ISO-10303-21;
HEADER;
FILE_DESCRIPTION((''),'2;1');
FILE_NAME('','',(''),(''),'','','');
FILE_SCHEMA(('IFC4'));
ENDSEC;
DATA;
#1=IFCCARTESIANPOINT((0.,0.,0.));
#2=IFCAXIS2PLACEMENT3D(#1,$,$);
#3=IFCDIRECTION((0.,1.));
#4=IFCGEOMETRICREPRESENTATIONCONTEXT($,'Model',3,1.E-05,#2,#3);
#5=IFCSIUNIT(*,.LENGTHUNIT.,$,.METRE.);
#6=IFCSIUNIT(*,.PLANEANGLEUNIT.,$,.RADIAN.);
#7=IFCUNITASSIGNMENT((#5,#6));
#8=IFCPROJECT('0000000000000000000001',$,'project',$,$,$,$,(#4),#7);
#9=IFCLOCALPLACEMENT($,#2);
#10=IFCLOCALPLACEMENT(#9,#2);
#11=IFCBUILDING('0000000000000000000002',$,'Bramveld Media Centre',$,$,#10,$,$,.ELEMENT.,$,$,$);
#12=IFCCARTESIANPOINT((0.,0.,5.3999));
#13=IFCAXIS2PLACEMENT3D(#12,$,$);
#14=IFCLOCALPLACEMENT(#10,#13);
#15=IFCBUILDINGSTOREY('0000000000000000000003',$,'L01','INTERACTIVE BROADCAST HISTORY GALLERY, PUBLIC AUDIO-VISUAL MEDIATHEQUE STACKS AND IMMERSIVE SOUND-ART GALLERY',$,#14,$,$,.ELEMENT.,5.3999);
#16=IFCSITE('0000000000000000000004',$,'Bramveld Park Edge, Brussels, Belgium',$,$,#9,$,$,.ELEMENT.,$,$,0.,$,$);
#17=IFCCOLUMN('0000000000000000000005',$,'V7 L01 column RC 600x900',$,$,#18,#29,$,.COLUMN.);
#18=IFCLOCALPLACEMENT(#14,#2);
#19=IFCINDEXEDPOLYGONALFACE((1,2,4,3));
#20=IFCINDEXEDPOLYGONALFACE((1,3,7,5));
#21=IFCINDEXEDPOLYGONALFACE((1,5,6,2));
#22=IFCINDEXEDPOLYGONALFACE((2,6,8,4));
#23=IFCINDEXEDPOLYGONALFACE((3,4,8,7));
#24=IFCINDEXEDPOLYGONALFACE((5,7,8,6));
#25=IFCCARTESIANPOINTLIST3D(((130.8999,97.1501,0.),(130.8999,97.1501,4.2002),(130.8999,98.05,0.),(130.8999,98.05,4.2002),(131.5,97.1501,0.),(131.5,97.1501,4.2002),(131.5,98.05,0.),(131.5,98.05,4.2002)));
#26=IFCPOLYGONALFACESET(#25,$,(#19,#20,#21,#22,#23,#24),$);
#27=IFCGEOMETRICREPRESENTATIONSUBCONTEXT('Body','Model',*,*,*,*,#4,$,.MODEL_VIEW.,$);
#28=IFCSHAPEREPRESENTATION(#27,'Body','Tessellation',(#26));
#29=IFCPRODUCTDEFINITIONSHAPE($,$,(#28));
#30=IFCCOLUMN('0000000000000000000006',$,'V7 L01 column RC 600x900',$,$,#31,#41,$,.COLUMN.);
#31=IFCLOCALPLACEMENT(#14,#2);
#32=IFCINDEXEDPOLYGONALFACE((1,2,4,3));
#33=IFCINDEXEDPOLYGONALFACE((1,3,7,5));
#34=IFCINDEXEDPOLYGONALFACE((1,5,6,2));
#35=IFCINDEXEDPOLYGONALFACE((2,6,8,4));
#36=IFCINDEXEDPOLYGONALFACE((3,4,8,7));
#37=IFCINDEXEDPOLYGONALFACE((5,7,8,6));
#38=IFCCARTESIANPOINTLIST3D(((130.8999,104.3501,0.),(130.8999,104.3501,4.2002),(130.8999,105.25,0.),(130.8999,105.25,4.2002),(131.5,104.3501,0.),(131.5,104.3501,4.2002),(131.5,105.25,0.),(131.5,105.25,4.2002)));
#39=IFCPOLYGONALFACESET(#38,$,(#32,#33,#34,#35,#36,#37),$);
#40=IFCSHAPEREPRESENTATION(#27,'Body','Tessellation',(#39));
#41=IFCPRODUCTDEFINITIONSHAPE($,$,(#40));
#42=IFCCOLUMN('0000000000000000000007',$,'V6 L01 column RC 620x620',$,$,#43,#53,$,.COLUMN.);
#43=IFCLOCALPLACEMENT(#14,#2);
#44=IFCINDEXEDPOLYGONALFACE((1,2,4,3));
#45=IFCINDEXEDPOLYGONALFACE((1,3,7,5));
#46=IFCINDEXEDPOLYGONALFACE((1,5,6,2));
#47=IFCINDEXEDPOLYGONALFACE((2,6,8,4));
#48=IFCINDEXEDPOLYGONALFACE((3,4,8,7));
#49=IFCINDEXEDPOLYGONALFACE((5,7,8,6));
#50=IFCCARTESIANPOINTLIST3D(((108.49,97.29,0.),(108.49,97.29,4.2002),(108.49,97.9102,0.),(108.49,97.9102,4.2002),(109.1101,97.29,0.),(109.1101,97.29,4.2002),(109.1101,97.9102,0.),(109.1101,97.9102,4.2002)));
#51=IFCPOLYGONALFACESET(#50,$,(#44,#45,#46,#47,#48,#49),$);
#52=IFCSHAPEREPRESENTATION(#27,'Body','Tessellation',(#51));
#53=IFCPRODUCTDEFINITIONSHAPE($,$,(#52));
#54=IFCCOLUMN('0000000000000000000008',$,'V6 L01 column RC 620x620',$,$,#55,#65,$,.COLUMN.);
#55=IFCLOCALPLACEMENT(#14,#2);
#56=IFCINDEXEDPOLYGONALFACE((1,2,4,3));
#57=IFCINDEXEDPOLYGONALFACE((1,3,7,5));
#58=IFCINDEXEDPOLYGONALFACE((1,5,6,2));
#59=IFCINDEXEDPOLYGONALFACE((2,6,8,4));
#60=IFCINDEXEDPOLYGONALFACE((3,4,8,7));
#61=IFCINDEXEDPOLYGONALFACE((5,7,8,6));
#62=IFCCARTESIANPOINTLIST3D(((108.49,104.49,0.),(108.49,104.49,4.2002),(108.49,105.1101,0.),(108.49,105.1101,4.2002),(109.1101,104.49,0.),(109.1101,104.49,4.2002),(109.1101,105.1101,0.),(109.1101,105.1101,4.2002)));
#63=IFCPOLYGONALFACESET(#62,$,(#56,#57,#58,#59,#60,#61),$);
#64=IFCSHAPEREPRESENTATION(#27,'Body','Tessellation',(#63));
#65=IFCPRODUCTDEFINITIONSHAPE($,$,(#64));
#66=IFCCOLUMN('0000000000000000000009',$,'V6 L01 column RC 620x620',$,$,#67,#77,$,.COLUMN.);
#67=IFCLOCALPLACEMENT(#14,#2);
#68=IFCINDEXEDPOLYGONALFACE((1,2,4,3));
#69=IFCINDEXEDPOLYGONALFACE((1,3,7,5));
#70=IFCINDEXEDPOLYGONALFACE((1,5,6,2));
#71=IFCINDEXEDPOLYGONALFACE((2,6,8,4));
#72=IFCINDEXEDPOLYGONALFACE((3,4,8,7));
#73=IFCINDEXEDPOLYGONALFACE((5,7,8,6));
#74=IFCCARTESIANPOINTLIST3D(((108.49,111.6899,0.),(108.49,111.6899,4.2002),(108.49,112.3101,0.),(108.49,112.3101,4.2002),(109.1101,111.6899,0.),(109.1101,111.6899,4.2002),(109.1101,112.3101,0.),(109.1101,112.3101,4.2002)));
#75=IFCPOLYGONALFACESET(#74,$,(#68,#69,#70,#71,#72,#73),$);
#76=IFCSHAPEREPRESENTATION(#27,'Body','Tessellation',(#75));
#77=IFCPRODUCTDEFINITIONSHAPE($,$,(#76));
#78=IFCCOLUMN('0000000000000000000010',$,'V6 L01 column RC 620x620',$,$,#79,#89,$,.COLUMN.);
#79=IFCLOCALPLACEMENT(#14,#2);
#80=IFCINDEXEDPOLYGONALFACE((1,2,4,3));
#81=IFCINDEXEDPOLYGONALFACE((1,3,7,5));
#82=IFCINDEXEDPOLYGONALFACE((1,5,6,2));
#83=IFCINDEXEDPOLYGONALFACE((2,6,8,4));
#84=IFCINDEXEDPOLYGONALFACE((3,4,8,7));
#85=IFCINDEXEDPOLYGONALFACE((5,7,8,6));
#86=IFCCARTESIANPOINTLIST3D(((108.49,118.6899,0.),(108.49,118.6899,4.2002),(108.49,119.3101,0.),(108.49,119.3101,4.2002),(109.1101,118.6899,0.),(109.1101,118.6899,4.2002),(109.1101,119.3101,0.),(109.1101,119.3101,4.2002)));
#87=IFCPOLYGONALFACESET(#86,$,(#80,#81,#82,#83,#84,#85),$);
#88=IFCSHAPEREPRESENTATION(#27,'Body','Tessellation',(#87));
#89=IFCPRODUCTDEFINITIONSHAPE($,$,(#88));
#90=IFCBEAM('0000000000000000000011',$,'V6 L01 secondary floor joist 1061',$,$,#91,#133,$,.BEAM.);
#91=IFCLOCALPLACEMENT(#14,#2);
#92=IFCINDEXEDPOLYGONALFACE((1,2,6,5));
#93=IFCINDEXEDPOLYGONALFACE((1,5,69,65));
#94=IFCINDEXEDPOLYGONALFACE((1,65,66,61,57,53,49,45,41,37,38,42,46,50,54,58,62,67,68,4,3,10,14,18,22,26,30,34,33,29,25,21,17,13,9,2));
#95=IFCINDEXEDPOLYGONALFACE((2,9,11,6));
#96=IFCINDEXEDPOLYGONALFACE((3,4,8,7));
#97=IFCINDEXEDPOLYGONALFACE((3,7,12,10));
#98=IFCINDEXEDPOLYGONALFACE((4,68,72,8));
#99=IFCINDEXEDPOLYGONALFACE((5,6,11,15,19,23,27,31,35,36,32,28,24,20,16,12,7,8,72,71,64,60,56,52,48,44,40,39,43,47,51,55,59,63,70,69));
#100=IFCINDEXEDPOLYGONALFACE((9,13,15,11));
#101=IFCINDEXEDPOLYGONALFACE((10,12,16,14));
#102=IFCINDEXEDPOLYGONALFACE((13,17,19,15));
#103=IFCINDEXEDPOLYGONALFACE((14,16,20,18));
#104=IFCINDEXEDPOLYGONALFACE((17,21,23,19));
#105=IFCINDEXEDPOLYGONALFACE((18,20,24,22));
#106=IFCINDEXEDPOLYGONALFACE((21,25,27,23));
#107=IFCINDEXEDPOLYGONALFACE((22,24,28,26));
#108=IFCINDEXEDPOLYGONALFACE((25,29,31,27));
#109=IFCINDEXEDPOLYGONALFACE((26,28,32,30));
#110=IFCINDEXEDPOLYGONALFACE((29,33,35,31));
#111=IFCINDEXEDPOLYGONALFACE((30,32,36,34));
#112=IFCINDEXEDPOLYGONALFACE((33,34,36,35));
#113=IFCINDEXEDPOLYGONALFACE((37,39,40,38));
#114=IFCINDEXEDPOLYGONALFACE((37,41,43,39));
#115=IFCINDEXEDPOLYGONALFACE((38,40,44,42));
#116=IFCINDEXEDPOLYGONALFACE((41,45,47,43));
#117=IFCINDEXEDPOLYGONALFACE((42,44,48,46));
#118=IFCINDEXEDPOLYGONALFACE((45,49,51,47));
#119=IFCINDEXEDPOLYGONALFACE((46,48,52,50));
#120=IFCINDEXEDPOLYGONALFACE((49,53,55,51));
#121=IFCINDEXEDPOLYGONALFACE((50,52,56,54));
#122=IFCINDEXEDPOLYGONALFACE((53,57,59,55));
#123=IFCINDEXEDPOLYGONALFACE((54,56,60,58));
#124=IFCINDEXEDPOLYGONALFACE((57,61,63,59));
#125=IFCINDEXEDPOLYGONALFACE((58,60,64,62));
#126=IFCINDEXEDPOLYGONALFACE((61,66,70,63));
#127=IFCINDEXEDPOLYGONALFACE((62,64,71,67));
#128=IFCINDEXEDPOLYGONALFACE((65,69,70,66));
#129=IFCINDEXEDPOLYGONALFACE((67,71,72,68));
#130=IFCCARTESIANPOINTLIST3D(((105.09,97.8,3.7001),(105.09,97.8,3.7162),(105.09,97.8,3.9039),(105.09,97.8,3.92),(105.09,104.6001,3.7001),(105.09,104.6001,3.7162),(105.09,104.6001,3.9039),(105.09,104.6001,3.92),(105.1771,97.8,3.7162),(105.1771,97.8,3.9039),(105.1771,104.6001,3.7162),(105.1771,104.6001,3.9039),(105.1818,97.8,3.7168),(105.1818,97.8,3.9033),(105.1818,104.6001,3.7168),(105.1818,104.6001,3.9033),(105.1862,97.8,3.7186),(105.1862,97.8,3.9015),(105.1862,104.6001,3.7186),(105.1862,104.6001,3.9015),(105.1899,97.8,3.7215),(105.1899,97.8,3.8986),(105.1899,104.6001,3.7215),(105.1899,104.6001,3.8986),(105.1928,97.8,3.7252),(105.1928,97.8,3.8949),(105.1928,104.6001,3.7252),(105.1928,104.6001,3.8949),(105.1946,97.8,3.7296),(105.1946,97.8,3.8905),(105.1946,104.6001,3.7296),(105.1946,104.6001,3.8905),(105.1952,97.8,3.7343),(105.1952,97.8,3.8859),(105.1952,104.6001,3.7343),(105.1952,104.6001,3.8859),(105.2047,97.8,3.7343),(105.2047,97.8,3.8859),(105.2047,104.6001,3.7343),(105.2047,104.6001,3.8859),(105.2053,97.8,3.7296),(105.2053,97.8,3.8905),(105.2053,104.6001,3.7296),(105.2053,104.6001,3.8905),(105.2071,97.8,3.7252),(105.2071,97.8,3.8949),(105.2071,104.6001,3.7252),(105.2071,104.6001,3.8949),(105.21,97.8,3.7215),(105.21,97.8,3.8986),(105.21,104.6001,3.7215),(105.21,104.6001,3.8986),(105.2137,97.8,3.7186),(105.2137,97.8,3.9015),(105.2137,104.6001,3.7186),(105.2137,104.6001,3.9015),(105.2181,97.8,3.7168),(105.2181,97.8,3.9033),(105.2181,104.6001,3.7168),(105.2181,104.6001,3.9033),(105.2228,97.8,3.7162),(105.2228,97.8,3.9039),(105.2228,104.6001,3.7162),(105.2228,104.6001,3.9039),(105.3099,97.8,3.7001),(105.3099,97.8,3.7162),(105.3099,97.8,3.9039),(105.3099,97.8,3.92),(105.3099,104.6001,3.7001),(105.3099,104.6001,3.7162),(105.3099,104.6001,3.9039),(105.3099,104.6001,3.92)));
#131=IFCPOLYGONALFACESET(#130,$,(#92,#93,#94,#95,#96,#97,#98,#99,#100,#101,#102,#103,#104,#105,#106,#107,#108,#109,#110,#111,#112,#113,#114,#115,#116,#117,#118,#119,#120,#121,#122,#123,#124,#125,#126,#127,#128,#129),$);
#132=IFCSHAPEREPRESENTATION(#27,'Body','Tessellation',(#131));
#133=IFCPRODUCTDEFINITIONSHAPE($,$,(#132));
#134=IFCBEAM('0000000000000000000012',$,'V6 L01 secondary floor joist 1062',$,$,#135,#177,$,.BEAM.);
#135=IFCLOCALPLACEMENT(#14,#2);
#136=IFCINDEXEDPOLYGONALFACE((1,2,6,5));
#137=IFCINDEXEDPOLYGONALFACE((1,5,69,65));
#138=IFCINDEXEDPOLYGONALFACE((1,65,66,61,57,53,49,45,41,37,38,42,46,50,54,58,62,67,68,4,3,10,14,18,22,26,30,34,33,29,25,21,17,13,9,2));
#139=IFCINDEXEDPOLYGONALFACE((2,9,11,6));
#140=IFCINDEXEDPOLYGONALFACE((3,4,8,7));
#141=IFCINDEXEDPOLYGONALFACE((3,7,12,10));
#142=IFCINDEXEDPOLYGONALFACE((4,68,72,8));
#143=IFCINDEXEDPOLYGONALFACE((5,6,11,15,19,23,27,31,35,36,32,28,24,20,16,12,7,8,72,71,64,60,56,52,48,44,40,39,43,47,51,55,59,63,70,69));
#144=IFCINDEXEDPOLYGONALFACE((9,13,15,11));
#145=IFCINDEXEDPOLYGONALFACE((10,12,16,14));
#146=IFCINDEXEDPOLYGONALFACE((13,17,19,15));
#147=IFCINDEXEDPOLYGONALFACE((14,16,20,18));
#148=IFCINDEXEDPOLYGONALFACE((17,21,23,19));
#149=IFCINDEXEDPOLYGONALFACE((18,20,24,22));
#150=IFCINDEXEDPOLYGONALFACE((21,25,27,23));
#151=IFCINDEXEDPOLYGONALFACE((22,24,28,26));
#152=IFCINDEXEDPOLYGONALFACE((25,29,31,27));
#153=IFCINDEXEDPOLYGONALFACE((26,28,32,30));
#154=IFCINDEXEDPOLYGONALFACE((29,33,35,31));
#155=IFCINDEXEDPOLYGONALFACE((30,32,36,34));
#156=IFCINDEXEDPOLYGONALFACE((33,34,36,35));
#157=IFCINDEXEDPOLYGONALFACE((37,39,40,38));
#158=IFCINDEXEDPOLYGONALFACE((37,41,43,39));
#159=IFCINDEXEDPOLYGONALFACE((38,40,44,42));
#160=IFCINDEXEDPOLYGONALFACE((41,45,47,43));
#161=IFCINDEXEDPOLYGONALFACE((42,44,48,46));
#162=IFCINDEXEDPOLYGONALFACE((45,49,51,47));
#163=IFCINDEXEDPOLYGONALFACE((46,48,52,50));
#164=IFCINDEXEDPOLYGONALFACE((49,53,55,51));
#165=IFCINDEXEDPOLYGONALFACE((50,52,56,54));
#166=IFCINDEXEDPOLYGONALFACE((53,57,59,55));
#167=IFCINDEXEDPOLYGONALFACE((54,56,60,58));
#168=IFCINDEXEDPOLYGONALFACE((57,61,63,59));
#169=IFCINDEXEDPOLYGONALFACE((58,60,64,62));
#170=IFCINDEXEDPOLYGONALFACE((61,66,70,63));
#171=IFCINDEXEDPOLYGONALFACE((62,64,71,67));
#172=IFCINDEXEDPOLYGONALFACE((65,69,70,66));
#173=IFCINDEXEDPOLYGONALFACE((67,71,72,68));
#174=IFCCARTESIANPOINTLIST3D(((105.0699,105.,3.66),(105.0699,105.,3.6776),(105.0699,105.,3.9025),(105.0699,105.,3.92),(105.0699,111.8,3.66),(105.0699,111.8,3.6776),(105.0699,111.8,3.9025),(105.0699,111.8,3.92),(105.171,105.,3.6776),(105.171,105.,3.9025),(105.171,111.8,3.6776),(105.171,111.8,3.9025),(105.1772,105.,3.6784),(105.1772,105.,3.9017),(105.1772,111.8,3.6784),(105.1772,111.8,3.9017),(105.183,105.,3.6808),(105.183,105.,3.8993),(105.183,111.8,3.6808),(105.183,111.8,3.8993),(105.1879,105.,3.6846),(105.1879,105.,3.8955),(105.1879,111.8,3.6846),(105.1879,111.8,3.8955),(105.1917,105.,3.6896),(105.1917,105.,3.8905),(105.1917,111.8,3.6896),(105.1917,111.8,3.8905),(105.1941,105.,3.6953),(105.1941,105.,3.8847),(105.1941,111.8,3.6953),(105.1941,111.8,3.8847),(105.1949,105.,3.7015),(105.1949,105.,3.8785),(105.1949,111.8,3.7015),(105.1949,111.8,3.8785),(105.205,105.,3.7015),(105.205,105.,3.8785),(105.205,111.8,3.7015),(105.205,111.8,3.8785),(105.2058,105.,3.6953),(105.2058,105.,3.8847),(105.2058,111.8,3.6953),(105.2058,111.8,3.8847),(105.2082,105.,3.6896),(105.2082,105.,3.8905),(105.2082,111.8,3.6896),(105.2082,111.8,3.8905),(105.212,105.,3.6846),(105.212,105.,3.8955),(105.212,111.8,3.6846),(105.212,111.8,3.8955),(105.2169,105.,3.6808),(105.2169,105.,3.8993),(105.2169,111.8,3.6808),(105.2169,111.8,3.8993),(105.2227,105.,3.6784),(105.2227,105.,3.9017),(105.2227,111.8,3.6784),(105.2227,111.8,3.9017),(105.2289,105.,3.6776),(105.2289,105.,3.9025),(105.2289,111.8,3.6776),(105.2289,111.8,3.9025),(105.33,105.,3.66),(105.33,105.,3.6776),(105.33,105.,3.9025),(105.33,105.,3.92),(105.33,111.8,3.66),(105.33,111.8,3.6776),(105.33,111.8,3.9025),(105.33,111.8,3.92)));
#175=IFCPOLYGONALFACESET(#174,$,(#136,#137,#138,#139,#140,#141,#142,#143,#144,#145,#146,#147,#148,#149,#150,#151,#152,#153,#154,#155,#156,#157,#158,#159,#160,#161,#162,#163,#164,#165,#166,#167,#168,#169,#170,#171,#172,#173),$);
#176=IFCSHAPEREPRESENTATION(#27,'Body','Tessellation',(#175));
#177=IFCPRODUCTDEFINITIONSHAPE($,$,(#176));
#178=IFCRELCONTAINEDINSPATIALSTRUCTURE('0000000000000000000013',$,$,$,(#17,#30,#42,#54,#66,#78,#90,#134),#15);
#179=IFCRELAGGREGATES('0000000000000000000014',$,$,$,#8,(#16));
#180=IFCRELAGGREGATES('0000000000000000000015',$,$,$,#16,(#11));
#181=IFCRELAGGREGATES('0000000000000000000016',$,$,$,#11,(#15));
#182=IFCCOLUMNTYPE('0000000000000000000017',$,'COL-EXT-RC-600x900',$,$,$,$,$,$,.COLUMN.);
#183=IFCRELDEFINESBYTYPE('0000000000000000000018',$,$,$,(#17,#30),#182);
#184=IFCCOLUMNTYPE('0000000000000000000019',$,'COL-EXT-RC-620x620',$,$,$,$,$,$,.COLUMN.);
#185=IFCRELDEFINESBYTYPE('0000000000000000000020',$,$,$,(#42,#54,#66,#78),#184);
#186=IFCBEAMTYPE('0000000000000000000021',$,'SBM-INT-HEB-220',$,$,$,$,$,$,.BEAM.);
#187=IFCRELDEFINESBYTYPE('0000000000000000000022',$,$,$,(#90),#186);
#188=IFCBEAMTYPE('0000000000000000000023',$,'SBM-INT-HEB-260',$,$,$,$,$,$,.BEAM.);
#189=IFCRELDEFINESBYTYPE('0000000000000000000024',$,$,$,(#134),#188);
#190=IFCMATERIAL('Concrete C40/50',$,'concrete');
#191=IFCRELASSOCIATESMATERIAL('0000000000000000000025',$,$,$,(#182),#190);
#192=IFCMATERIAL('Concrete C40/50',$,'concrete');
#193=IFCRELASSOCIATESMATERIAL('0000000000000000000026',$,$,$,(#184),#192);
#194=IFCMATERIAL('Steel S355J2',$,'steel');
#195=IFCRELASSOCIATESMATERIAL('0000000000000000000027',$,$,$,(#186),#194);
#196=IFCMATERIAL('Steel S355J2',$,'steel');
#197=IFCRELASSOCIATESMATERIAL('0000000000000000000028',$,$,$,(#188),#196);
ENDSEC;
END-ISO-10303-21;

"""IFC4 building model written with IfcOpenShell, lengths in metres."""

from ifc_helpers import new_model, si_unit, direction, frame, origin, origin_2d, place, context, subcontext, project, spatial, rectangle, i_section, extrude, material, material_profile, profile_set, type_object, element, save


model = new_model("IFC4")

# Units and contexts
model_context = context("Model", 3, precision=1e-05, world=origin(), true_north=direction((0.0, 1.0)))
body_context = subcontext(model_context, "Body", "Model", "MODEL_VIEW")
ifc_project = project(units=[si_unit("LENGTHUNIT", "METRE"), si_unit("PLANEANGLEUNIT", "RADIAN")], contexts=[model_context])

# Site, building, storey
site_placement = place(None, origin())
site = spatial("IfcSite", under=ifc_project, at=site_placement, Name="Bramveld Park Edge, Brussels, Belgium", CompositionType="ELEMENT", RefElevation=0.0)
building_placement = place(site_placement, origin())
building = spatial("IfcBuilding", under=site, at=building_placement, Name="Bramveld Media Centre", CompositionType="ELEMENT")
storey_placement = place(building_placement, frame((0.0, 0.0, 5.3999)))
storey = spatial("IfcBuildingStorey", under=building, at=storey_placement, Name="L01", Description="INTERACTIVE BROADCAST HISTORY GALLERY, PUBLIC AUDIO-VISUAL MEDIATHEQUE STACKS AND IMMERSIVE SOUND-ART GALLERY", CompositionType="ELEMENT", Elevation=5.3999)

# Columns
ifc_material_1 = material(Name="Concrete C40/50", Category="concrete")
ifc_material_profile_1 = material_profile(ifc_material_1, rectangle(XDim=0.6001, YDim=0.8999, at=origin_2d()), Name="RC 600x900")
ifc_profile_set_1 = profile_set([ifc_material_profile_1], Name="Concrete C40/50")
column_type_1 = type_object("IfcColumnType", Name="COL-EXT-RC-600x900", PredefinedType="COLUMN", material=ifc_profile_set_1)
for number, where, z_axis, x_axis, name in (
    (1, (131.2, 97.6001, 0.0), (0.0, 0.0, 1.0), (1.0, 0.0, 0.0), "V7 L01 column RC 600x900"),
    (2, (131.2, 104.8, 0.0), (0.0, 0.0, 1.0), (1.0, 0.0, 0.0), "V7 L01 column RC 600x900"),
):
    element("IfcColumn", number, at=place(storey_placement, frame(where, z_axis=z_axis, x_axis=x_axis)), inside=storey, type_object=column_type_1, Name=name, PredefinedType="COLUMN", context=body_context, shape_type="SweptSolid", body=[
        extrude(rectangle(XDim=0.6001, YDim=0.8999, at=origin_2d()), origin(), (0.0, 0.0, 1.0), 4.2002),
    ])
ifc_material_2 = material(Name="Concrete C40/50", Category="concrete")
ifc_material_profile_2 = material_profile(ifc_material_2, rectangle(XDim=0.6201, YDim=0.6201, at=origin_2d()), Name="RC 620x620")
ifc_profile_set_2 = profile_set([ifc_material_profile_2], Name="Concrete C40/50")
column_type_2 = type_object("IfcColumnType", Name="COL-EXT-RC-620x620", PredefinedType="COLUMN", material=ifc_profile_set_2)
for number, where, z_axis, x_axis, name in (
    (3, (108.8, 97.6001, 0.0), (0.0, 0.0, 1.0), (1.0, 0.0, 0.0), "V6 L01 column RC 620x620"),
    (4, (108.8, 104.8, 0.0), (0.0, 0.0, 1.0), (1.0, 0.0, 0.0), "V6 L01 column RC 620x620"),
    (5, (108.8, 112.0, 0.0), (0.0, 0.0, 1.0), (1.0, 0.0, 0.0), "V6 L01 column RC 620x620"),
    (6, (108.8, 119.0, 0.0), (0.0, 0.0, 1.0), (1.0, 0.0, 0.0), "V6 L01 column RC 620x620"),
):
    element("IfcColumn", number, at=place(storey_placement, frame(where, z_axis=z_axis, x_axis=x_axis)), inside=storey, type_object=column_type_2, Name=name, PredefinedType="COLUMN", context=body_context, shape_type="SweptSolid", body=[
        extrude(rectangle(XDim=0.6201, YDim=0.6201, at=origin_2d()), origin(), (0.0, 0.0, 1.0), 4.2002),
    ])

# Beams
ifc_material_3 = material(Name="Steel S355J2", Category="steel")
ifc_material_profile_3 = material_profile(ifc_material_3, i_section(OverallWidth=0.22, OverallDepth=0.22, WebThickness=0.0095, FlangeThickness=0.0161, FilletRadius=0.0181, at=origin_2d()), Name="HEB 220")
ifc_profile_set_3 = profile_set([ifc_material_profile_3], Name="Steel S355J2")
beam_type_1 = type_object("IfcBeamType", Name="SBM-INT-HEB-220", PredefinedType="BEAM", material=ifc_profile_set_3)
beam_1_placement = place(storey_placement, frame((105.2, 97.8, 3.8101), z_axis=(0.0, 1.0, 0.0), x_axis=(-1.0, 0.0, 0.0)))
element("IfcBeam", 7, at=beam_1_placement, inside=storey, type_object=beam_type_1, Name="V6 L01 secondary floor joist 1061", PredefinedType="BEAM", context=body_context, shape_type="SweptSolid", body=[
    extrude(i_section(OverallWidth=0.22, OverallDepth=0.22, WebThickness=0.0095, FlangeThickness=0.0161, FilletRadius=0.0181, at=origin_2d()), origin(), (0.0, 0.0, 1.0), 6.8),
])
ifc_material_4 = material(Name="Steel S355J2", Category="steel")
ifc_material_profile_4 = material_profile(ifc_material_4, i_section(OverallWidth=0.26, OverallDepth=0.26, WebThickness=0.01, FlangeThickness=0.0176, FilletRadius=0.0239, at=origin_2d()), Name="HEB 260")
ifc_profile_set_4 = profile_set([ifc_material_profile_4], Name="Steel S355J2")
beam_type_2 = type_object("IfcBeamType", Name="SBM-INT-HEB-260", PredefinedType="BEAM", material=ifc_profile_set_4)
beam_2_placement = place(storey_placement, frame((105.2, 105.0, 3.79), z_axis=(0.0, 1.0, 0.0), x_axis=(-1.0, 0.0, 0.0)))
element("IfcBeam", 8, at=beam_2_placement, inside=storey, type_object=beam_type_2, Name="V6 L01 secondary floor joist 1062", PredefinedType="BEAM", context=body_context, shape_type="SweptSolid", body=[
    extrude(i_section(OverallWidth=0.26, OverallDepth=0.26, WebThickness=0.01, FlangeThickness=0.0176, FilletRadius=0.0239, at=origin_2d()), origin(), (0.0, 0.0, 1.0), 6.8),
])

save(model, "model.ifc")
